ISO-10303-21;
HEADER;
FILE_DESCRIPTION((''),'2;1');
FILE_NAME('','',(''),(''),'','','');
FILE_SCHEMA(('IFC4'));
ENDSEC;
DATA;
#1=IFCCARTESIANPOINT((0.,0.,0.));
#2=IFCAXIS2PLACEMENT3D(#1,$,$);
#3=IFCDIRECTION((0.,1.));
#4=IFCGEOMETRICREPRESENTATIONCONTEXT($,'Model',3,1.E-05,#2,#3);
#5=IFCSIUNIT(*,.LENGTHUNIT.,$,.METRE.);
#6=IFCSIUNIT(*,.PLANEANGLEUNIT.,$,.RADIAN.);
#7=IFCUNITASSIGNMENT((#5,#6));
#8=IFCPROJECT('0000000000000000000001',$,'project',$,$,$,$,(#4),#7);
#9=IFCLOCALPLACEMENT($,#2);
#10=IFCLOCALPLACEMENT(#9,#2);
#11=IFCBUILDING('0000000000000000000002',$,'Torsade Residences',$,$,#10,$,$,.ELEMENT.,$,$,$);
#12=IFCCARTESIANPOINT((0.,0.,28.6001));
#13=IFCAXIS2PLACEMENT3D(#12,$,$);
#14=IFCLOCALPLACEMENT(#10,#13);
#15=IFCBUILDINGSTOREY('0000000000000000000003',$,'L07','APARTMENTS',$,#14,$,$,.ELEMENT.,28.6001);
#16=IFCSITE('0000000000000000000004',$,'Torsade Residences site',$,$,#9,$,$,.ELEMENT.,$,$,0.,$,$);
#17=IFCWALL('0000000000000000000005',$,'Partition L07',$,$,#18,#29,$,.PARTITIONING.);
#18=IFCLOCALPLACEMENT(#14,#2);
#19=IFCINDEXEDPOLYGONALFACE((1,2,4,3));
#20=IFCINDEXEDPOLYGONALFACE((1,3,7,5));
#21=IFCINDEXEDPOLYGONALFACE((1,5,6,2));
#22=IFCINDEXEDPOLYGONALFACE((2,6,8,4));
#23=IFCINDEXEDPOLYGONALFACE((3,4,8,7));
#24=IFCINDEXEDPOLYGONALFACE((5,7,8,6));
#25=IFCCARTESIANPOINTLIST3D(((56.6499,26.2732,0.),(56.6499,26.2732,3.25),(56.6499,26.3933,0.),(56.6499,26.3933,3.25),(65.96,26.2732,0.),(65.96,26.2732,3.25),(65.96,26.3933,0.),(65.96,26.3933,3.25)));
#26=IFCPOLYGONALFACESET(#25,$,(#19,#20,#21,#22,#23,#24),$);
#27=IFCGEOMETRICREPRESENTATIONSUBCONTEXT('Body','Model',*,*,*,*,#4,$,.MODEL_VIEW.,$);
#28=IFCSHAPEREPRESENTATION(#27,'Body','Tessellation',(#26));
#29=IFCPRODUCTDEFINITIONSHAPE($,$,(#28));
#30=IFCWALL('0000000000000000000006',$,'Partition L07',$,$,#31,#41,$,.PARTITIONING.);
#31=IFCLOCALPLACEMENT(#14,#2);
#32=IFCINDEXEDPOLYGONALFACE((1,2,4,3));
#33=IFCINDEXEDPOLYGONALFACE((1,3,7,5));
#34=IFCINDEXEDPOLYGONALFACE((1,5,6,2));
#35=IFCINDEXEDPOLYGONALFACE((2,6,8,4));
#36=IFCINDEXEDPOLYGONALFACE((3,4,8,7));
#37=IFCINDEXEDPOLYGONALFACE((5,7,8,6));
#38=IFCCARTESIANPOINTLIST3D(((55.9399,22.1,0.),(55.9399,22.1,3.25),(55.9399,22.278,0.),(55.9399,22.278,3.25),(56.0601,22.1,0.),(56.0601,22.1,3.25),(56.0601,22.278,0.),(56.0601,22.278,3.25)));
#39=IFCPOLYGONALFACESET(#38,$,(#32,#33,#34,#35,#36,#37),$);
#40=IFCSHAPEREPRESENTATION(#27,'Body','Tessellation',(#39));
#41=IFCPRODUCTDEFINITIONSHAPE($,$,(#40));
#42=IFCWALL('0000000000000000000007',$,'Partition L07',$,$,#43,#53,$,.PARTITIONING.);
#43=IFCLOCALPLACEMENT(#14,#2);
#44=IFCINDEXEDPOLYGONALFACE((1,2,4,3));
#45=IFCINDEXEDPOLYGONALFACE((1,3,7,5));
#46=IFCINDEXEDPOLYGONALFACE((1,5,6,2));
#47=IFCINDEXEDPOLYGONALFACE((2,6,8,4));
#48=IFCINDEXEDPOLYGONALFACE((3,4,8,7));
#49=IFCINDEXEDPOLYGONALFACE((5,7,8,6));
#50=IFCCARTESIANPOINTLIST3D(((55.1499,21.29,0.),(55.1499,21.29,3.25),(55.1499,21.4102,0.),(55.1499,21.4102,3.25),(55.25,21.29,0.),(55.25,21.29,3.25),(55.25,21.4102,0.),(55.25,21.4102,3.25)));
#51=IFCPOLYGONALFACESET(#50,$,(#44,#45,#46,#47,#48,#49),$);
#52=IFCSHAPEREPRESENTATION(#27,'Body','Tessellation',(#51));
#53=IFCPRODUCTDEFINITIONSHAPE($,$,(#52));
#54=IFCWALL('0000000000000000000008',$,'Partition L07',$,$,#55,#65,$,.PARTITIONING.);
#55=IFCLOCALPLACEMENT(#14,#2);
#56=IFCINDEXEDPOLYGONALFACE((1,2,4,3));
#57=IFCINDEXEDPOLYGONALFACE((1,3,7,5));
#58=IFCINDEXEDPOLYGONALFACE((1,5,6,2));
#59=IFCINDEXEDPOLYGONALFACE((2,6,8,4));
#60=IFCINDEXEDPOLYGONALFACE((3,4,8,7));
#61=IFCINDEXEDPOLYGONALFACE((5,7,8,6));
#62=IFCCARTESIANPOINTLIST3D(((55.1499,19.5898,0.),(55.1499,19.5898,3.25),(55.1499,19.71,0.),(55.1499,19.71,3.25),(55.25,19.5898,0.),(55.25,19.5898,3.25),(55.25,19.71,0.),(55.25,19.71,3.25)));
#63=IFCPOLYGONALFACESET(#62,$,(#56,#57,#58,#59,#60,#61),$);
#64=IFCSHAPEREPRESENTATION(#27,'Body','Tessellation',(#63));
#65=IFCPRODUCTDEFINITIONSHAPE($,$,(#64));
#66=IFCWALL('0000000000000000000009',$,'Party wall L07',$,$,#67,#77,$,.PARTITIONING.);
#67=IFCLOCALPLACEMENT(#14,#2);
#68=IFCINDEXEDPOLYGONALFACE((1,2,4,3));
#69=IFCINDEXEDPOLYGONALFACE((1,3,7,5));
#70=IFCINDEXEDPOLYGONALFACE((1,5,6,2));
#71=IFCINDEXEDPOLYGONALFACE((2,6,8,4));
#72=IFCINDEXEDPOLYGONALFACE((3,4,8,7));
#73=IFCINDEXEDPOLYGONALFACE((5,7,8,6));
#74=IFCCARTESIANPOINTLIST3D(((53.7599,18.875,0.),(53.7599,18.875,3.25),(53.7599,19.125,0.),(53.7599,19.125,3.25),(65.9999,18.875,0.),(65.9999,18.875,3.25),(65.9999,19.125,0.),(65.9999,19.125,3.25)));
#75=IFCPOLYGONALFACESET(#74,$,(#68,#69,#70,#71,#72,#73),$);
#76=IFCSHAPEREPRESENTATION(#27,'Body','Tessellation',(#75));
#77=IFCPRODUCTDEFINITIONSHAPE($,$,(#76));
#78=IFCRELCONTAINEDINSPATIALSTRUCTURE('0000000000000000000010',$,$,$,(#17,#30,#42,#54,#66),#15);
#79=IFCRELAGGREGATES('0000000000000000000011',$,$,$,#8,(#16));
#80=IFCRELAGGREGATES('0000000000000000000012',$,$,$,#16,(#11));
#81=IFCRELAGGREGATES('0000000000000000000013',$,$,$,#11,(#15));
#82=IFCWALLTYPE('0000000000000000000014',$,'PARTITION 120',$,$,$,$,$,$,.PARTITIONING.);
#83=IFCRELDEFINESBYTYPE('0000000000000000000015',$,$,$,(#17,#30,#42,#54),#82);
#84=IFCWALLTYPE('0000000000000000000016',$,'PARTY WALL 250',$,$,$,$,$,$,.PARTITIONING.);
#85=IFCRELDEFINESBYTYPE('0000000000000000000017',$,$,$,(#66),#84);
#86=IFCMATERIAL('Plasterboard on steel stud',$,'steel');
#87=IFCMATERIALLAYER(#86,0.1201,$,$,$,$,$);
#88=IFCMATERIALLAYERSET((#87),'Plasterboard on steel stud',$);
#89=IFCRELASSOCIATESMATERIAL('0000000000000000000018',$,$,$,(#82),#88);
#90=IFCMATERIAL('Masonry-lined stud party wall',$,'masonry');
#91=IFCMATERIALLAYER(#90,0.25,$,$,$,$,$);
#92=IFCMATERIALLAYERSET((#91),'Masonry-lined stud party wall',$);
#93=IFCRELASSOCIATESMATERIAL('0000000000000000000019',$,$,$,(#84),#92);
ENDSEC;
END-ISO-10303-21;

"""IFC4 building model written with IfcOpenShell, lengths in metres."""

from ifc_helpers import new_model, si_unit, direction, frame, frame_2d, origin, place, context, subcontext, project, spatial, rectangle, extrude, material, layer, layer_set, type_object, element, save


model = new_model("IFC4")

# Units and contexts
model_context = context("Model", 3, precision=1e-05, world=origin(), true_north=direction((0.0, 1.0)))
body_context = subcontext(model_context, "Body", "Model", "MODEL_VIEW")
ifc_project = project(units=[si_unit("LENGTHUNIT", "METRE"), si_unit("PLANEANGLEUNIT", "RADIAN")], contexts=[model_context])

# Site, building, storey
site_placement = place(None, origin())
site = spatial("IfcSite", under=ifc_project, at=site_placement, Name="Torsade Residences site", CompositionType="ELEMENT", RefElevation=0.0)
building_placement = place(site_placement, origin())
building = spatial("IfcBuilding", under=site, at=building_placement, Name="Torsade Residences", CompositionType="ELEMENT")
storey_placement = place(building_placement, frame((0.0, 0.0, 28.6001)))
storey = spatial("IfcBuildingStorey", under=building, at=storey_placement, Name="L07", Description="APARTMENTS", CompositionType="ELEMENT", Elevation=28.6001)

# Shared definitions
ifc_material_1 = material(Name="Plasterboard on steel stud", Category="steel")
ifc_layer_1 = layer(ifc_material_1, 0.1201)
ifc_layer_set_1 = layer_set([ifc_layer_1], Name="Plasterboard on steel stud")
wall_type_1 = type_object("IfcWallType", Name="PARTITION 120", PredefinedType="PARTITIONING", material=ifc_layer_set_1)

# Walls
wall_1_placement = place(storey_placement, frame((65.96, 26.3333, 0.0), z_axis=(0.0, 0.0, 1.0), x_axis=(-1.0, 0.0, 0.0)))
element("IfcWall", 1, at=wall_1_placement, inside=storey, type_object=wall_type_1, Name="Partition L07", PredefinedType="PARTITIONING", context=body_context, shape_type="SweptSolid", body=[
    extrude(rectangle(XDim=9.3101, YDim=0.1201, at=frame_2d((4.655, 0.0))), origin(), (0.0, 0.0, 1.0), 3.25),
])
wall_2_placement = place(storey_placement, frame((56.0, 22.1001, 0.0), z_axis=(0.0, 0.0, 1.0), x_axis=(0.0, 1.0, 0.0)))
element("IfcWall", 2, at=wall_2_placement, inside=storey, type_object=wall_type_1, Name="Partition L07", PredefinedType="PARTITIONING", context=body_context, shape_type="SweptSolid", body=[
    extrude(rectangle(XDim=0.178, YDim=0.1201, at=frame_2d((0.0889, 0.0))), origin(), (0.0, 0.0, 1.0), 3.25),
])
for number, where, z_axis, x_axis, name in (
    (3, (55.1499, 21.3501, 0.0), (0.0, 0.0, 1.0), (1.0, 0.0, 0.0), "Partition L07"),
    (4, (55.1499, 19.6499, 0.0), (0.0, 0.0, 1.0), (1.0, 0.0, 0.0), "Partition L07"),
):
    element("IfcWall", number, at=place(storey_placement, frame(where, z_axis=z_axis, x_axis=x_axis)), inside=storey, type_object=wall_type_1, Name=name, PredefinedType="PARTITIONING", context=body_context, shape_type="SweptSolid", body=[
        extrude(rectangle(XDim=0.1001, YDim=0.1201, at=frame_2d((0.05, 0.0))), origin(), (0.0, 0.0, 1.0), 3.25),
    ])
ifc_material_2 = material(Name="Masonry-lined stud party wall", Category="masonry")
ifc_layer_2 = layer(ifc_material_2, 0.25)
ifc_layer_set_2 = layer_set([ifc_layer_2], Name="Masonry-lined stud party wall")
wall_type_2 = type_object("IfcWallType", Name="PARTY WALL 250", PredefinedType="PARTITIONING", material=ifc_layer_set_2)
wall_3_placement = place(storey_placement, frame((66.0, 19.0, 0.0), z_axis=(0.0, 0.0, 1.0), x_axis=(-1.0, 0.0, 0.0)))
element("IfcWall", 5, at=wall_3_placement, inside=storey, type_object=wall_type_2, Name="Party wall L07", PredefinedType="PARTITIONING", context=body_context, shape_type="SweptSolid", body=[
    extrude(rectangle(XDim=12.24, YDim=0.25, at=frame_2d((6.1201, 0.0))), origin(), (0.0, 0.0, 1.0), 3.25),
])

save(model, "model.ifc")
